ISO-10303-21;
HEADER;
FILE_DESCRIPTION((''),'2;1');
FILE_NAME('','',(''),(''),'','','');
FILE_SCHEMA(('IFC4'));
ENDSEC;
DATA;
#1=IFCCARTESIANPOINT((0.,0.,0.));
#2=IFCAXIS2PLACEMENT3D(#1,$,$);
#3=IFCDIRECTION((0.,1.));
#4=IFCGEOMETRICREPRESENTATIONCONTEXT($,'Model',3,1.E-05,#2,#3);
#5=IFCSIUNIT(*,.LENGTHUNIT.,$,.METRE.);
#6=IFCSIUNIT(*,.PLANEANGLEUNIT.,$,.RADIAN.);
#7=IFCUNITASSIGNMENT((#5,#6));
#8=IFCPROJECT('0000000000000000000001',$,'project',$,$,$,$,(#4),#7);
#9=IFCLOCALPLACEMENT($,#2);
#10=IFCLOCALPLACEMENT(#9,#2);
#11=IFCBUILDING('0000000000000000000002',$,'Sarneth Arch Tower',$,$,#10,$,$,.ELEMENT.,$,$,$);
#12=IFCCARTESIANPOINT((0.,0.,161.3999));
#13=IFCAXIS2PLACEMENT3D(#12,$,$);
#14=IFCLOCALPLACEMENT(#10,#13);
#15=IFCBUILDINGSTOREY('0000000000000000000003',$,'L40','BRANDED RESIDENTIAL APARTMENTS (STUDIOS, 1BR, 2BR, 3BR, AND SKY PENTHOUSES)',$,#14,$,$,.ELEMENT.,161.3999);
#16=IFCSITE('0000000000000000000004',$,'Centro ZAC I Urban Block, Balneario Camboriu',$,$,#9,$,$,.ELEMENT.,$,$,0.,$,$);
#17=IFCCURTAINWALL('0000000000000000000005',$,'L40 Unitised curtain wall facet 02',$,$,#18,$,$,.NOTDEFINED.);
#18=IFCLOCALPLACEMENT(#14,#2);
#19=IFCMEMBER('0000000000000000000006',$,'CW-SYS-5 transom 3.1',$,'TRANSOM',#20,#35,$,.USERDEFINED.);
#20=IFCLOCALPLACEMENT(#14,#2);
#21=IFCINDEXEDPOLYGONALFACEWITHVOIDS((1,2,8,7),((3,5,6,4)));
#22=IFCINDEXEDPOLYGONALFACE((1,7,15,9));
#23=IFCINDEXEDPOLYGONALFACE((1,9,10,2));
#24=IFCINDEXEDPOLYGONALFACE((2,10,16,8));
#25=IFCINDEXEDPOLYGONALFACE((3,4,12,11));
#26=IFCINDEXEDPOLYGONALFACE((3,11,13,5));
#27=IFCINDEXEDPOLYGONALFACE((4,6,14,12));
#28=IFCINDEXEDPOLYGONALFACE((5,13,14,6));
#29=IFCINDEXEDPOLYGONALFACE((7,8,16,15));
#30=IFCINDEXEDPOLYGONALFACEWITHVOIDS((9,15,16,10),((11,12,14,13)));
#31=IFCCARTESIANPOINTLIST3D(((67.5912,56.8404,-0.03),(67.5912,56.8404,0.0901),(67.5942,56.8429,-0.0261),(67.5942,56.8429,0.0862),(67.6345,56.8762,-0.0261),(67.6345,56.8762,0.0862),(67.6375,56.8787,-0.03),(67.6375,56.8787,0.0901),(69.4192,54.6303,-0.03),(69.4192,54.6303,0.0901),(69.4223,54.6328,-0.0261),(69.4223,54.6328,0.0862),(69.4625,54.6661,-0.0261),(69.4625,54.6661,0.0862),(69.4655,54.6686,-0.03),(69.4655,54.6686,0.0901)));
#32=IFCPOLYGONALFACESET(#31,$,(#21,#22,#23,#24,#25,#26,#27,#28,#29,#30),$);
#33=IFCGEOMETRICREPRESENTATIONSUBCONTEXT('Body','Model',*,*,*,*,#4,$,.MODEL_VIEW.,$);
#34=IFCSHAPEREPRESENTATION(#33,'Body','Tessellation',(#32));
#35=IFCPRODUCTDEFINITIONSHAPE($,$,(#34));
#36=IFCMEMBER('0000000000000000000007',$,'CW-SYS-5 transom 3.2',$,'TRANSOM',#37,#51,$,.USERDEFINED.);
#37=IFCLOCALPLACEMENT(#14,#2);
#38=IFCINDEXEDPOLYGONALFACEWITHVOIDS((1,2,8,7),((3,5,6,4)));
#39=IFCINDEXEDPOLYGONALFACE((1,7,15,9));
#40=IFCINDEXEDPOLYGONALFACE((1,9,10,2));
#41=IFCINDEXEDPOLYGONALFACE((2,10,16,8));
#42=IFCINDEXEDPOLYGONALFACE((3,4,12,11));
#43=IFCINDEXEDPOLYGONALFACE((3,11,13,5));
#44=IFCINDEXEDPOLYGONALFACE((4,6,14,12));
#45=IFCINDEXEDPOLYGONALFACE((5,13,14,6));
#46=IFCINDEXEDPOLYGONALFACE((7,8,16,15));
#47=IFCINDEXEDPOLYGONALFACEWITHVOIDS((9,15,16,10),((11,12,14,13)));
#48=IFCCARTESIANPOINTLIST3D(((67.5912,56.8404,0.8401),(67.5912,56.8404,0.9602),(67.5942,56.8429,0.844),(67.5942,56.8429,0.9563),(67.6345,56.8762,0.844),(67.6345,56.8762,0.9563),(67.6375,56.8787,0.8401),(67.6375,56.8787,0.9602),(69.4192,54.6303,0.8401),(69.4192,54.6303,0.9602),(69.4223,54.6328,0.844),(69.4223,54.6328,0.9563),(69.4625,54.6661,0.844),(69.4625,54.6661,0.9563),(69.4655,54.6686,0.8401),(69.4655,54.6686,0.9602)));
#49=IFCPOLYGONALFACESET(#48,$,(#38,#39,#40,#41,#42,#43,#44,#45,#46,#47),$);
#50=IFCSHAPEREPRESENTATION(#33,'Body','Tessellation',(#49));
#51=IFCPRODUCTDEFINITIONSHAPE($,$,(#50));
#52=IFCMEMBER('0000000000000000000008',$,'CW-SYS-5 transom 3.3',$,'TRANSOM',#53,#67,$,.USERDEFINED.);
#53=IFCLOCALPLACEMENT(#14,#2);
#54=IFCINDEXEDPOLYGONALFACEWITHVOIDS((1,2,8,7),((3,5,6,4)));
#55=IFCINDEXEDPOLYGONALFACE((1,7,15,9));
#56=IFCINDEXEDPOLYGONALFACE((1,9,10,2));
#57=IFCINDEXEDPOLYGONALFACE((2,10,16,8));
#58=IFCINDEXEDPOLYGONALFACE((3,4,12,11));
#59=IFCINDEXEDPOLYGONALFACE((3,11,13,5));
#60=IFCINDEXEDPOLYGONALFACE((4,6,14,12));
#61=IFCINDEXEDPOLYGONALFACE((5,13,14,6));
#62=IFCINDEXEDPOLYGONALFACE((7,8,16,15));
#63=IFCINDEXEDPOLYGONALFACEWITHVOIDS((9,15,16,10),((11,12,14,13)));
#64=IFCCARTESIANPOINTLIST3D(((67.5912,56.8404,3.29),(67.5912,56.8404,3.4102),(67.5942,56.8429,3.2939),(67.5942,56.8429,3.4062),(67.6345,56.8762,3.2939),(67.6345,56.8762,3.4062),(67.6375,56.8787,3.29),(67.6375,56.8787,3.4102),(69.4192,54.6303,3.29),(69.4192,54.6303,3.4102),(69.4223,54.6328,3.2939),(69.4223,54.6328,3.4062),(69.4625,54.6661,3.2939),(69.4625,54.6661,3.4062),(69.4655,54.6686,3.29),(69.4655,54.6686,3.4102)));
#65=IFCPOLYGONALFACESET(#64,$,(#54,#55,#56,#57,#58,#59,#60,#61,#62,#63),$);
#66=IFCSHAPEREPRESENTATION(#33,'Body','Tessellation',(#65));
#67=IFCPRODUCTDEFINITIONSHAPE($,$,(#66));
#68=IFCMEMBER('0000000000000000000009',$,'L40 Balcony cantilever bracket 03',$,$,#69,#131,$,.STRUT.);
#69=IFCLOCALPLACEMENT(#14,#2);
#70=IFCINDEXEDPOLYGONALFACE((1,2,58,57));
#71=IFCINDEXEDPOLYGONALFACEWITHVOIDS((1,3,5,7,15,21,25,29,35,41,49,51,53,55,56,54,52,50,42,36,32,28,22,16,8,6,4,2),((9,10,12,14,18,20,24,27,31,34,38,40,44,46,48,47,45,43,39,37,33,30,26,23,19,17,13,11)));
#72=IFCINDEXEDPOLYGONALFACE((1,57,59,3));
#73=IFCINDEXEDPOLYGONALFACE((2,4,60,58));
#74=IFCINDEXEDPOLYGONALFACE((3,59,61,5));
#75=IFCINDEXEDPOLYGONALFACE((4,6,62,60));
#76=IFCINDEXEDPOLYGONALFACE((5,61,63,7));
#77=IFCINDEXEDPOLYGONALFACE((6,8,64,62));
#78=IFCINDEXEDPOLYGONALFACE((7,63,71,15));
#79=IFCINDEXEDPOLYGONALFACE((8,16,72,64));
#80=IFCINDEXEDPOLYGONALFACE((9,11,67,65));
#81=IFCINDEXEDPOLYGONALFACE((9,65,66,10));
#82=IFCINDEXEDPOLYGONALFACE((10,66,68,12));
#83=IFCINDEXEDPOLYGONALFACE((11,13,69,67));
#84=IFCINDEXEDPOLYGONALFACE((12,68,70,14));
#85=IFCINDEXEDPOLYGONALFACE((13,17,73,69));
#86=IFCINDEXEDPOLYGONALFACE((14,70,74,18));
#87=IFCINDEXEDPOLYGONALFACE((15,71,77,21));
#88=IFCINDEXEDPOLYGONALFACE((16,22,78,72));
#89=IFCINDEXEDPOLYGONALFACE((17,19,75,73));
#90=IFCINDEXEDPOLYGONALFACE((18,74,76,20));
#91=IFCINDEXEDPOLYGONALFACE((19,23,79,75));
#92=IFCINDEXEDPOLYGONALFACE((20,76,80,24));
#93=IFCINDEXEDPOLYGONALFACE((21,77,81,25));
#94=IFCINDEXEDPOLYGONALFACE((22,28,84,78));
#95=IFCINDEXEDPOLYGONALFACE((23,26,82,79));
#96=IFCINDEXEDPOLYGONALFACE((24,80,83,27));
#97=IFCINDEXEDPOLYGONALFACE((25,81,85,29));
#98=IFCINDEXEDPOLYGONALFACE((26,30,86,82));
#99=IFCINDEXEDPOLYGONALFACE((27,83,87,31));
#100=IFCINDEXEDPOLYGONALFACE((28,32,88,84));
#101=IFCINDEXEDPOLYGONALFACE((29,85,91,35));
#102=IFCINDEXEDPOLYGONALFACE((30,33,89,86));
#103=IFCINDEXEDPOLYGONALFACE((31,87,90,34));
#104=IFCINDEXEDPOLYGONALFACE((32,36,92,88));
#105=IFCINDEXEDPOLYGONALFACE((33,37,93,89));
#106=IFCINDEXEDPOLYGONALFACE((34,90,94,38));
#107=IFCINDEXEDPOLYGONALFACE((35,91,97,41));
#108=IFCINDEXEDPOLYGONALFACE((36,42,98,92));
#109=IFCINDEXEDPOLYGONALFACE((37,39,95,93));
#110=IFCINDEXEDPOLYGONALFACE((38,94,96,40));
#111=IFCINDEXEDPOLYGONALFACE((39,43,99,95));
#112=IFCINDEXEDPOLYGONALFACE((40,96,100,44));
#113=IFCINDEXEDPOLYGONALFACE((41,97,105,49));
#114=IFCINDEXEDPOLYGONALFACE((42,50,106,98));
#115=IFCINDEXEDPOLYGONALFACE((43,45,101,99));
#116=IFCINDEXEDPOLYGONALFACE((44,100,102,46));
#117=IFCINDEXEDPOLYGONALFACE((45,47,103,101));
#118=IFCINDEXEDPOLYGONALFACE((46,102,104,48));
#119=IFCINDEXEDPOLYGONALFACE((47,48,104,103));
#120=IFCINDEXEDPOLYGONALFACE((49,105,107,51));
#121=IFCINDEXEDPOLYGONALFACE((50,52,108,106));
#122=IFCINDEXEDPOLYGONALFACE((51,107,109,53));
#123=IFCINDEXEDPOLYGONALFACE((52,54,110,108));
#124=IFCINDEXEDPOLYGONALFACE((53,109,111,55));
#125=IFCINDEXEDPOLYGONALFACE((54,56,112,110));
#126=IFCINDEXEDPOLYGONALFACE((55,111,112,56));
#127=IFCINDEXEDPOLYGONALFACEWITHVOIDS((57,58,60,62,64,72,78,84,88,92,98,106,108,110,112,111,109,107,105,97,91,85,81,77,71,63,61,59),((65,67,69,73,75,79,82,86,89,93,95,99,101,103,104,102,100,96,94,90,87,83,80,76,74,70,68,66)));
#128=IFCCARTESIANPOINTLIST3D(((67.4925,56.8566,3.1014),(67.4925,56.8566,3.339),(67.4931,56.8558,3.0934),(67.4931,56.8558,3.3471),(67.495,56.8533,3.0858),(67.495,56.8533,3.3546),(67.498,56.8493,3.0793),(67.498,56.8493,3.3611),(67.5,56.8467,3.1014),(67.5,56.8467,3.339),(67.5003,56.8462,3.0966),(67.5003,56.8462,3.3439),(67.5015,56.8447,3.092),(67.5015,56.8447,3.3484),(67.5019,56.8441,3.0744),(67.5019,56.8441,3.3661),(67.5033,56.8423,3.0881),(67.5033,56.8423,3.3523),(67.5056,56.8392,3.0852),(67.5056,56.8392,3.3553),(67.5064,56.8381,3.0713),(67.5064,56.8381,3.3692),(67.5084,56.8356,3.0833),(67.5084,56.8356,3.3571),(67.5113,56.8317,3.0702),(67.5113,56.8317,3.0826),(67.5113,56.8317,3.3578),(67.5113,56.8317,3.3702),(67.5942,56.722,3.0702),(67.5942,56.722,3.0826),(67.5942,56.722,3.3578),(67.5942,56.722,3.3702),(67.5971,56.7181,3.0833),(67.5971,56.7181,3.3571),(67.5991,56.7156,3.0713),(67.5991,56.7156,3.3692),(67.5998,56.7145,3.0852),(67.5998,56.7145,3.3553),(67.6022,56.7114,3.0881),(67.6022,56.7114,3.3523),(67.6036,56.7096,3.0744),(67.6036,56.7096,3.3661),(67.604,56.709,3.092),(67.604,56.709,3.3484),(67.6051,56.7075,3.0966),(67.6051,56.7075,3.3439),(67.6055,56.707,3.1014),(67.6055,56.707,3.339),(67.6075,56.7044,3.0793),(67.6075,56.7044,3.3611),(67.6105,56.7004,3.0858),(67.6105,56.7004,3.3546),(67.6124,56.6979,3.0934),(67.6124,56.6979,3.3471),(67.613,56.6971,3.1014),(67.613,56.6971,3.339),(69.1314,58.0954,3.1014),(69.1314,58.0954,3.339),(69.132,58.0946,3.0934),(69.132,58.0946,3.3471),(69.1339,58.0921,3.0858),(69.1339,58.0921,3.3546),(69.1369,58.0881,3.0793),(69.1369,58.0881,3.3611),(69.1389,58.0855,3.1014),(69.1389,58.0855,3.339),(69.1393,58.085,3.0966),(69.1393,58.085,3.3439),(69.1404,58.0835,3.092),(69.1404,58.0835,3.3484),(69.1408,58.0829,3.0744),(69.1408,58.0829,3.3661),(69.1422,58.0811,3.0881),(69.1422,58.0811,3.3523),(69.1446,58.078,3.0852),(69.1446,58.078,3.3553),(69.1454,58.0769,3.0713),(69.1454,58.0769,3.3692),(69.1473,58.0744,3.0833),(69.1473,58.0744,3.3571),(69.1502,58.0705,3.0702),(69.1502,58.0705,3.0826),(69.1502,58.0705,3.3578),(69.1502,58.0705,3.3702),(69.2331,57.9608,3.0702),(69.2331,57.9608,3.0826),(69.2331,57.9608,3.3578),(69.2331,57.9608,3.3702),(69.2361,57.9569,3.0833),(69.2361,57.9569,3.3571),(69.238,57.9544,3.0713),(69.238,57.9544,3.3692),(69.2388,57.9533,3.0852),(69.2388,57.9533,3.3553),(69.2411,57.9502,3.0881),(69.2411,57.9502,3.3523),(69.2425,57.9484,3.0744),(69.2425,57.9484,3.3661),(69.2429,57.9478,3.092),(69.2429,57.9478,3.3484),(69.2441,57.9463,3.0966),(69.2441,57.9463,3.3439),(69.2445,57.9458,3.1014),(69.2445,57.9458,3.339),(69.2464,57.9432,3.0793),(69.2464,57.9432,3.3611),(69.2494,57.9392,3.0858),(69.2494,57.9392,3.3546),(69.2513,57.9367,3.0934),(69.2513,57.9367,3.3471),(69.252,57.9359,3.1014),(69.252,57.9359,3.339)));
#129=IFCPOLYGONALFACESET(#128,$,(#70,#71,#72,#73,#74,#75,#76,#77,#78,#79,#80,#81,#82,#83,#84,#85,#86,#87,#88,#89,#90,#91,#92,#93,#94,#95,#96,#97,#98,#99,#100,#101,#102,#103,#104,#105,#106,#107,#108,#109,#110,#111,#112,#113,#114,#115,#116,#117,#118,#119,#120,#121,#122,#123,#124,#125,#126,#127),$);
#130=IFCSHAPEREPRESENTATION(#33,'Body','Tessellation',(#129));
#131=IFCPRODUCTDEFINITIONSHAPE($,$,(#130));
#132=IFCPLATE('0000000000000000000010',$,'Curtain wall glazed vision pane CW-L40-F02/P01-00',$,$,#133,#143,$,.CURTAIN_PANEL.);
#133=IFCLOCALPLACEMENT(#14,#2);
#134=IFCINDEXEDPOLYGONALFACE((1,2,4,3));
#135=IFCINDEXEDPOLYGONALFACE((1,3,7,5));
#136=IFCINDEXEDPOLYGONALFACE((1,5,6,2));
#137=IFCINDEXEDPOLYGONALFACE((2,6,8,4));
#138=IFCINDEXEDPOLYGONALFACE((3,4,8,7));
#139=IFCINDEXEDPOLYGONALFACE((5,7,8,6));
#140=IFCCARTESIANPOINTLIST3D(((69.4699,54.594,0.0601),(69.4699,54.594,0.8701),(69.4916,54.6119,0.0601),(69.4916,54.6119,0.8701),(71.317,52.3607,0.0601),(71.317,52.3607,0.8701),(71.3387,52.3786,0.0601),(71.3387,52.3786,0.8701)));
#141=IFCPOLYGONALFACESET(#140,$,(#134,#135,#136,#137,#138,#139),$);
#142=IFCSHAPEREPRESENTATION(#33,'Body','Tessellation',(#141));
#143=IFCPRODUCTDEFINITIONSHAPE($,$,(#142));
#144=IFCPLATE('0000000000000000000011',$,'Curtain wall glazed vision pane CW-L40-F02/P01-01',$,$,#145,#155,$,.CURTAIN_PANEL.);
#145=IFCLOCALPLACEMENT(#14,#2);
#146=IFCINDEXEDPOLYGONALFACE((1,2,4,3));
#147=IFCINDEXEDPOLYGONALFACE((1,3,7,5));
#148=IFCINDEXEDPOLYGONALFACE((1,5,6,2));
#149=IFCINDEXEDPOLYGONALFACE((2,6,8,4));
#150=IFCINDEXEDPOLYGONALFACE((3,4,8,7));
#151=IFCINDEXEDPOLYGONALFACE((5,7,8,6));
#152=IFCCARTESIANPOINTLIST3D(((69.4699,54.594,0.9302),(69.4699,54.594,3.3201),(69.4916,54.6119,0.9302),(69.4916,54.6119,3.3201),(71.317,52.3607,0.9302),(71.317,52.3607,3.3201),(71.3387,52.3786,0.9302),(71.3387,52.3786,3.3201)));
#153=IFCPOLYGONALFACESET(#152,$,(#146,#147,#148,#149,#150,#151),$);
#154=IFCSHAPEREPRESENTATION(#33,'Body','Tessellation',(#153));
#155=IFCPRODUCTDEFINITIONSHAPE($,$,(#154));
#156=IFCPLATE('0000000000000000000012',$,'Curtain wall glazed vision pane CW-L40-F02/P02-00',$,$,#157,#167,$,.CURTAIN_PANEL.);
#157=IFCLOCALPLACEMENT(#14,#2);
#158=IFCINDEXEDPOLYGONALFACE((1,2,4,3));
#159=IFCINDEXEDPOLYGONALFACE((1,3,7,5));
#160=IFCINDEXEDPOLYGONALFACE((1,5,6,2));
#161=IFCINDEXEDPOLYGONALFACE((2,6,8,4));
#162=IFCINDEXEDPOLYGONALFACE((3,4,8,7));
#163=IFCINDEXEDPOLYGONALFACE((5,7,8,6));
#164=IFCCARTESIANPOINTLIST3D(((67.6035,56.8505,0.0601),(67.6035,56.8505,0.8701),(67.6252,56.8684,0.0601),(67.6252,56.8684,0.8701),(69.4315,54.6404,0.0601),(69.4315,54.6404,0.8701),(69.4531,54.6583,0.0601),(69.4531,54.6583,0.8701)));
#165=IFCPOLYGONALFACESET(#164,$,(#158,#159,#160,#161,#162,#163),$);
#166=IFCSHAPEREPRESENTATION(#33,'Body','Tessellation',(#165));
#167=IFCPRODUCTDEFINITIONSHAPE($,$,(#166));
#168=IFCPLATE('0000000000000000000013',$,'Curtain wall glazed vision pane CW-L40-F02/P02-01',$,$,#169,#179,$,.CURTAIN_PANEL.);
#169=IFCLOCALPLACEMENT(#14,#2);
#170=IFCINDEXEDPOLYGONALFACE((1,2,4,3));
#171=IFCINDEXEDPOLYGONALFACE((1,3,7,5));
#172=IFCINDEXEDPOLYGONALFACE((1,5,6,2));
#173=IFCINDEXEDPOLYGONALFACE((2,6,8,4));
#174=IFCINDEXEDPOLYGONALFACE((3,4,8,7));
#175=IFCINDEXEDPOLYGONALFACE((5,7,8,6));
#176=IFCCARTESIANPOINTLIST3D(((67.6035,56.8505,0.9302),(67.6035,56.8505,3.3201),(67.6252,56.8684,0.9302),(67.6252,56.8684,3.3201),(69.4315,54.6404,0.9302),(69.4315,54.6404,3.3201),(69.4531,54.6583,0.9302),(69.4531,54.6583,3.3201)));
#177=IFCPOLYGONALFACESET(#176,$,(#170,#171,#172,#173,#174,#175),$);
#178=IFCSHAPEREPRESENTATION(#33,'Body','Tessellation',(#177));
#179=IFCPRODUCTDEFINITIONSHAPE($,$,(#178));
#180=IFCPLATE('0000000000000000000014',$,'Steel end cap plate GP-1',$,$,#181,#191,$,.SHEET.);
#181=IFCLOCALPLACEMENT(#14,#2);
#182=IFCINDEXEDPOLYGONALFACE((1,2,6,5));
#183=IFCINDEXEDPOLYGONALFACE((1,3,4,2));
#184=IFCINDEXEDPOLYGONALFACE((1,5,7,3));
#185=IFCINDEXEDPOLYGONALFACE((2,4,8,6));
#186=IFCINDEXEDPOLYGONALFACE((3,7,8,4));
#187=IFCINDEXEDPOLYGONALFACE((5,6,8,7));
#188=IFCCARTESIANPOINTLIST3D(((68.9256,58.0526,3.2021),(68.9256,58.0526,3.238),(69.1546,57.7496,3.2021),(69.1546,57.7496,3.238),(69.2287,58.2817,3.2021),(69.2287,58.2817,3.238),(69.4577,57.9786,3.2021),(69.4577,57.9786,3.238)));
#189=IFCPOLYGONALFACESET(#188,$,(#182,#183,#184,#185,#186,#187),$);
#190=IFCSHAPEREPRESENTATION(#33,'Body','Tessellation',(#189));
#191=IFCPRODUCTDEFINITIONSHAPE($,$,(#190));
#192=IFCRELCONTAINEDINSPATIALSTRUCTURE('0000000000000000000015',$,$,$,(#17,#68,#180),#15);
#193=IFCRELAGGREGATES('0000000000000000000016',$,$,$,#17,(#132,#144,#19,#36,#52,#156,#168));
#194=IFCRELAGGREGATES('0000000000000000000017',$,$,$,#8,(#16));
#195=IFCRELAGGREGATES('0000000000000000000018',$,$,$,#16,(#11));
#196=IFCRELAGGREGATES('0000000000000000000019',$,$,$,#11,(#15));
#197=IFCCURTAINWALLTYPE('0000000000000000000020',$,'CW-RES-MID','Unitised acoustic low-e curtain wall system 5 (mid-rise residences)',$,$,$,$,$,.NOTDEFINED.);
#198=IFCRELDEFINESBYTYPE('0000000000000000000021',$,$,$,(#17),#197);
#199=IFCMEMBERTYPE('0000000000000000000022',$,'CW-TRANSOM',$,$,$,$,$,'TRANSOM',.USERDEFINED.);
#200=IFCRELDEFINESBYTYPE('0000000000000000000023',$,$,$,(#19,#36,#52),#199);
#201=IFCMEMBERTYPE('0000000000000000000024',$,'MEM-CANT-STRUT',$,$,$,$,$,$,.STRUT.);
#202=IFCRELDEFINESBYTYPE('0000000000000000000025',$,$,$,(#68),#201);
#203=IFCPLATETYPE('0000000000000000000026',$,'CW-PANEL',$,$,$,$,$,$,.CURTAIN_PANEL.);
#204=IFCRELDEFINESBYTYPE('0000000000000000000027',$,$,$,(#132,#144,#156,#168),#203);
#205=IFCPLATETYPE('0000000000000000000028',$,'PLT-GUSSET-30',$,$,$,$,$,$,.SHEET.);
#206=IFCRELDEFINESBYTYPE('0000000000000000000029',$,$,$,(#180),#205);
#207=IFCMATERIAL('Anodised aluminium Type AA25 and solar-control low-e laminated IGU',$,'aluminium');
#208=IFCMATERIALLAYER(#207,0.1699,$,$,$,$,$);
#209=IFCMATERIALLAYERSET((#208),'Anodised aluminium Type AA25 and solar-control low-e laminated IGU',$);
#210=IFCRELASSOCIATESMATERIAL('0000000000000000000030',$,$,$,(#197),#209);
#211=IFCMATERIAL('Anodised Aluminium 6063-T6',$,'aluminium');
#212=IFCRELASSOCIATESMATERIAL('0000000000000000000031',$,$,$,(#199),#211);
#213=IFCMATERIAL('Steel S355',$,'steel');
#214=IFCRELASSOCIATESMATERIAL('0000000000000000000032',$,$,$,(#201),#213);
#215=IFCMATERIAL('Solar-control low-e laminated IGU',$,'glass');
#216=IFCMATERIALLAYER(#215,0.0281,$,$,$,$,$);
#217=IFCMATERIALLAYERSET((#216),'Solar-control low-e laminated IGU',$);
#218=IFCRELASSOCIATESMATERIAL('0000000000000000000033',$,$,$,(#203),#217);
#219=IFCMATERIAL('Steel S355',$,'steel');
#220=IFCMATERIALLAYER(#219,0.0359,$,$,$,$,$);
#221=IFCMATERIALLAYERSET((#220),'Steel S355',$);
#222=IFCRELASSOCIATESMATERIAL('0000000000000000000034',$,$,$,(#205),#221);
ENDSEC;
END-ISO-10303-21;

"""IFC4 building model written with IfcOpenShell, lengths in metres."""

from ifc_helpers import new_model, si_unit, direction, frame, origin, origin_2d, place, context, subcontext, project, spatial, rectangle, hollow_rectangle, extrude, material, layer, layer_set, material_profile, profile_set, type_object, element, aggregate, save


model = new_model("IFC4")

# Units and contexts
model_context = context("Model", 3, precision=1e-05, world=origin(), true_north=direction((0.0, 1.0)))
body_context = subcontext(model_context, "Body", "Model", "MODEL_VIEW")
ifc_project = project(units=[si_unit("LENGTHUNIT", "METRE"), si_unit("PLANEANGLEUNIT", "RADIAN")], contexts=[model_context])

# Site, building, storey
site_placement = place(None, origin())
site = spatial("IfcSite", under=ifc_project, at=site_placement, Name="Centro ZAC I Urban Block, Balneario Camboriu", CompositionType="ELEMENT", RefElevation=0.0)
building_placement = place(site_placement, origin())
building = spatial("IfcBuilding", under=site, at=building_placement, Name="Sarneth Arch Tower", CompositionType="ELEMENT")
storey_placement = place(building_placement, frame((0.0, 0.0, 161.3999)))
storey = spatial("IfcBuildingStorey", under=building, at=storey_placement, Name="L40", Description="BRANDED RESIDENTIAL APARTMENTS (STUDIOS, 1BR, 2BR, 3BR, AND SKY PENTHOUSES)", CompositionType="ELEMENT", Elevation=161.3999)

# Curtain wall, members
ifc_material_1 = material(Name="Anodised aluminium Type AA25 and solar-control low-e laminated IGU", Category="aluminium")
ifc_layer_1 = layer(ifc_material_1, 0.1699)
ifc_layer_set_1 = layer_set([ifc_layer_1], Name="Anodised aluminium Type AA25 and solar-control low-e laminated IGU")
curtain_wall_type = type_object("IfcCurtainWallType", Name="CW-RES-MID", Description="Unitised acoustic low-e curtain wall system 5 (mid-rise residences)", PredefinedType="NOTDEFINED", material=ifc_layer_set_1)
curtain_wall_placement = place(storey_placement, origin())
curtain_wall = element("IfcCurtainWall", 1, at=curtain_wall_placement, inside=storey, type_object=curtain_wall_type, Name="L40 Unitised curtain wall facet 02", PredefinedType="NOTDEFINED")
ifc_material_2 = material(Name="Anodised Aluminium 6063-T6", Category="aluminium")
ifc_material_profile_1 = material_profile(ifc_material_2, hollow_rectangle(XDim=0.0601, YDim=0.1201, WallThickness=0.0039, at=origin_2d()), Name="AL-TRAN-120x60x4")
ifc_profile_set_1 = profile_set([ifc_material_profile_1], Name="Anodised Aluminium 6063-T6")
member_type_1 = type_object("IfcMemberType", Name="CW-TRANSOM", ElementType="TRANSOM", PredefinedType="USERDEFINED", material=ifc_profile_set_1)
member_1_placement = place(storey_placement, frame((69.4424, 54.6494, 0.03), z_axis=(-0.637359, 0.770567, 0.0), x_axis=(-0.770567, -0.637359, 0.0)))
member_1 = element("IfcMember", 2, at=member_1_placement, type_object=member_type_1, Name="CW-SYS-5 transom 3.1", ObjectType="TRANSOM", PredefinedType="USERDEFINED", context=body_context, shape_type="SweptSolid", body=[
    extrude(hollow_rectangle(XDim=0.0601, YDim=0.1201, WallThickness=0.0039, at=origin_2d()), origin(), (0.0, 0.0, 1.0), 2.8682),
])
member_2_placement = place(storey_placement, frame((69.4424, 54.6494, 0.9001), z_axis=(-0.637359, 0.770567, 0.0), x_axis=(-0.770567, -0.637359, 0.0)))
member_2 = element("IfcMember", 3, at=member_2_placement, type_object=member_type_1, Name="CW-SYS-5 transom 3.2", ObjectType="TRANSOM", PredefinedType="USERDEFINED", context=body_context, shape_type="SweptSolid", body=[
    extrude(hollow_rectangle(XDim=0.0601, YDim=0.1201, WallThickness=0.0039, at=origin_2d()), origin(), (0.0, 0.0, 1.0), 2.8682),
])
member_3_placement = place(storey_placement, frame((69.4424, 54.6494, 3.3501), z_axis=(-0.637359, 0.770567, 0.0), x_axis=(-0.770567, -0.637359, 0.0)))
member_3 = element("IfcMember", 4, at=member_3_placement, type_object=member_type_1, Name="CW-SYS-5 transom 3.3", ObjectType="TRANSOM", PredefinedType="USERDEFINED", context=body_context, shape_type="SweptSolid", body=[
    extrude(hollow_rectangle(XDim=0.0601, YDim=0.1201, WallThickness=0.0039, at=origin_2d()), origin(), (0.0, 0.0, 1.0), 2.8682),
])

# Member
ifc_material_3 = material(Name="Steel S355", Category="steel")
ifc_material_profile_2 = material_profile(ifc_material_3, hollow_rectangle(XDim=0.2, YDim=0.3, WallThickness=0.0125, InnerFilletRadius=0.0188, OuterFilletRadius=0.0312, at=origin_2d()), Name="RHS300x200x12.5")
ifc_profile_set_2 = profile_set([ifc_material_profile_2], Name="Steel S355")
member_type_2 = type_object("IfcMemberType", Name="MEM-CANT-STRUT", PredefinedType="STRUT", material=ifc_profile_set_2)
member_4_placement = place(storey_placement, frame((67.5527, 56.7769, 3.2202), z_axis=(0.797756, 0.602981, 0.0), x_axis=(-0.602981, 0.797756, 0.0)))
element("IfcMember", 5, at=member_4_placement, inside=storey, type_object=member_type_2, Name="L40 Balcony cantilever bracket 03", PredefinedType="STRUT", context=body_context, shape_type="SweptSolid", body=[
    extrude(hollow_rectangle(XDim=0.2, YDim=0.3, WallThickness=0.0125, InnerFilletRadius=0.0188, OuterFilletRadius=0.0312, at=origin_2d()), origin(), (0.0, 0.0, 1.0), 2.0544),
])

# Plates
ifc_material_4 = material(Name="Solar-control low-e laminated IGU", Category="glass")
ifc_layer_2 = layer(ifc_material_4, 0.0281)
ifc_layer_set_2 = layer_set([ifc_layer_2], Name="Solar-control low-e laminated IGU")
plate_type_1 = type_object("IfcPlateType", Name="CW-PANEL", PredefinedType="CURTAIN_PANEL", material=ifc_layer_set_2)
plate_1_placement = place(storey_placement, frame((70.4043, 53.4863, 0.0601), z_axis=(0.0, 0.0, 1.0), x_axis=(-0.63733, 0.770591, 0.0)))
plate_1 = element("IfcPlate", 6, at=plate_1_placement, type_object=plate_type_1, Name="Curtain wall glazed vision pane CW-L40-F02/P01-00", PredefinedType="CURTAIN_PANEL", context=body_context, shape_type="SweptSolid", body=[
    extrude(rectangle(XDim=2.8982, YDim=0.0281, at=origin_2d()), origin(), (0.0, 0.0, 1.0), 0.8101),
])
plate_2_placement = place(storey_placement, frame((70.4043, 53.4863, 0.9302), z_axis=(0.0, 0.0, 1.0), x_axis=(-0.63733, 0.770591, 0.0)))
plate_2 = element("IfcPlate", 7, at=plate_2_placement, type_object=plate_type_1, Name="Curtain wall glazed vision pane CW-L40-F02/P01-01", PredefinedType="CURTAIN_PANEL", context=body_context, shape_type="SweptSolid", body=[
    extrude(rectangle(XDim=2.8982, YDim=0.0281, at=origin_2d()), origin(), (0.0, 0.0, 1.0), 2.3899),
])
plate_3_placement = place(storey_placement, frame((68.5283, 55.7544, 0.0601), z_axis=(0.0, 0.0, 1.0), x_axis=(-0.63733, 0.770591, 0.0)))
plate_3 = element("IfcPlate", 8, at=plate_3_placement, type_object=plate_type_1, Name="Curtain wall glazed vision pane CW-L40-F02/P02-00", PredefinedType="CURTAIN_PANEL", context=body_context, shape_type="SweptSolid", body=[
    extrude(rectangle(XDim=2.8682, YDim=0.0281, at=origin_2d()), origin(), (0.0, 0.0, 1.0), 0.8101),
])
plate_4_placement = place(storey_placement, frame((68.5283, 55.7544, 0.9302), z_axis=(0.0, 0.0, 1.0), x_axis=(-0.63733, 0.770591, 0.0)))
plate_4 = element("IfcPlate", 9, at=plate_4_placement, type_object=plate_type_1, Name="Curtain wall glazed vision pane CW-L40-F02/P02-01", PredefinedType="CURTAIN_PANEL", context=body_context, shape_type="SweptSolid", body=[
    extrude(rectangle(XDim=2.8682, YDim=0.0281, at=origin_2d()), origin(), (0.0, 0.0, 1.0), 2.3899),
])
aggregate(curtain_wall, [plate_1, plate_2, member_1, member_2, member_3, plate_3, plate_4])

# Plate
ifc_material_5 = material(Name="Steel S355", Category="steel")
ifc_layer_3 = layer(ifc_material_5, 0.0359)
ifc_layer_set_3 = layer_set([ifc_layer_3], Name="Steel S355")
plate_type_2 = type_object("IfcPlateType", Name="PLT-GUSSET-30", PredefinedType="SHEET", material=ifc_layer_set_3)
plate_5_placement = place(storey_placement, frame((69.1917, 58.0156, 3.2021), z_axis=(0.0, 0.0, 1.0), x_axis=(0.797794, 0.60293, 0.0)))
element("IfcPlate", 10, at=plate_5_placement, inside=storey, type_object=plate_type_2, Name="Steel end cap plate GP-1", PredefinedType="SHEET", context=body_context, shape_type="SweptSolid", body=[
    extrude(rectangle(XDim=0.3799, YDim=0.3799, at=origin_2d()), origin(), (0.0, 0.0, 1.0), 0.0359),
])

save(model, "model.ifc")
